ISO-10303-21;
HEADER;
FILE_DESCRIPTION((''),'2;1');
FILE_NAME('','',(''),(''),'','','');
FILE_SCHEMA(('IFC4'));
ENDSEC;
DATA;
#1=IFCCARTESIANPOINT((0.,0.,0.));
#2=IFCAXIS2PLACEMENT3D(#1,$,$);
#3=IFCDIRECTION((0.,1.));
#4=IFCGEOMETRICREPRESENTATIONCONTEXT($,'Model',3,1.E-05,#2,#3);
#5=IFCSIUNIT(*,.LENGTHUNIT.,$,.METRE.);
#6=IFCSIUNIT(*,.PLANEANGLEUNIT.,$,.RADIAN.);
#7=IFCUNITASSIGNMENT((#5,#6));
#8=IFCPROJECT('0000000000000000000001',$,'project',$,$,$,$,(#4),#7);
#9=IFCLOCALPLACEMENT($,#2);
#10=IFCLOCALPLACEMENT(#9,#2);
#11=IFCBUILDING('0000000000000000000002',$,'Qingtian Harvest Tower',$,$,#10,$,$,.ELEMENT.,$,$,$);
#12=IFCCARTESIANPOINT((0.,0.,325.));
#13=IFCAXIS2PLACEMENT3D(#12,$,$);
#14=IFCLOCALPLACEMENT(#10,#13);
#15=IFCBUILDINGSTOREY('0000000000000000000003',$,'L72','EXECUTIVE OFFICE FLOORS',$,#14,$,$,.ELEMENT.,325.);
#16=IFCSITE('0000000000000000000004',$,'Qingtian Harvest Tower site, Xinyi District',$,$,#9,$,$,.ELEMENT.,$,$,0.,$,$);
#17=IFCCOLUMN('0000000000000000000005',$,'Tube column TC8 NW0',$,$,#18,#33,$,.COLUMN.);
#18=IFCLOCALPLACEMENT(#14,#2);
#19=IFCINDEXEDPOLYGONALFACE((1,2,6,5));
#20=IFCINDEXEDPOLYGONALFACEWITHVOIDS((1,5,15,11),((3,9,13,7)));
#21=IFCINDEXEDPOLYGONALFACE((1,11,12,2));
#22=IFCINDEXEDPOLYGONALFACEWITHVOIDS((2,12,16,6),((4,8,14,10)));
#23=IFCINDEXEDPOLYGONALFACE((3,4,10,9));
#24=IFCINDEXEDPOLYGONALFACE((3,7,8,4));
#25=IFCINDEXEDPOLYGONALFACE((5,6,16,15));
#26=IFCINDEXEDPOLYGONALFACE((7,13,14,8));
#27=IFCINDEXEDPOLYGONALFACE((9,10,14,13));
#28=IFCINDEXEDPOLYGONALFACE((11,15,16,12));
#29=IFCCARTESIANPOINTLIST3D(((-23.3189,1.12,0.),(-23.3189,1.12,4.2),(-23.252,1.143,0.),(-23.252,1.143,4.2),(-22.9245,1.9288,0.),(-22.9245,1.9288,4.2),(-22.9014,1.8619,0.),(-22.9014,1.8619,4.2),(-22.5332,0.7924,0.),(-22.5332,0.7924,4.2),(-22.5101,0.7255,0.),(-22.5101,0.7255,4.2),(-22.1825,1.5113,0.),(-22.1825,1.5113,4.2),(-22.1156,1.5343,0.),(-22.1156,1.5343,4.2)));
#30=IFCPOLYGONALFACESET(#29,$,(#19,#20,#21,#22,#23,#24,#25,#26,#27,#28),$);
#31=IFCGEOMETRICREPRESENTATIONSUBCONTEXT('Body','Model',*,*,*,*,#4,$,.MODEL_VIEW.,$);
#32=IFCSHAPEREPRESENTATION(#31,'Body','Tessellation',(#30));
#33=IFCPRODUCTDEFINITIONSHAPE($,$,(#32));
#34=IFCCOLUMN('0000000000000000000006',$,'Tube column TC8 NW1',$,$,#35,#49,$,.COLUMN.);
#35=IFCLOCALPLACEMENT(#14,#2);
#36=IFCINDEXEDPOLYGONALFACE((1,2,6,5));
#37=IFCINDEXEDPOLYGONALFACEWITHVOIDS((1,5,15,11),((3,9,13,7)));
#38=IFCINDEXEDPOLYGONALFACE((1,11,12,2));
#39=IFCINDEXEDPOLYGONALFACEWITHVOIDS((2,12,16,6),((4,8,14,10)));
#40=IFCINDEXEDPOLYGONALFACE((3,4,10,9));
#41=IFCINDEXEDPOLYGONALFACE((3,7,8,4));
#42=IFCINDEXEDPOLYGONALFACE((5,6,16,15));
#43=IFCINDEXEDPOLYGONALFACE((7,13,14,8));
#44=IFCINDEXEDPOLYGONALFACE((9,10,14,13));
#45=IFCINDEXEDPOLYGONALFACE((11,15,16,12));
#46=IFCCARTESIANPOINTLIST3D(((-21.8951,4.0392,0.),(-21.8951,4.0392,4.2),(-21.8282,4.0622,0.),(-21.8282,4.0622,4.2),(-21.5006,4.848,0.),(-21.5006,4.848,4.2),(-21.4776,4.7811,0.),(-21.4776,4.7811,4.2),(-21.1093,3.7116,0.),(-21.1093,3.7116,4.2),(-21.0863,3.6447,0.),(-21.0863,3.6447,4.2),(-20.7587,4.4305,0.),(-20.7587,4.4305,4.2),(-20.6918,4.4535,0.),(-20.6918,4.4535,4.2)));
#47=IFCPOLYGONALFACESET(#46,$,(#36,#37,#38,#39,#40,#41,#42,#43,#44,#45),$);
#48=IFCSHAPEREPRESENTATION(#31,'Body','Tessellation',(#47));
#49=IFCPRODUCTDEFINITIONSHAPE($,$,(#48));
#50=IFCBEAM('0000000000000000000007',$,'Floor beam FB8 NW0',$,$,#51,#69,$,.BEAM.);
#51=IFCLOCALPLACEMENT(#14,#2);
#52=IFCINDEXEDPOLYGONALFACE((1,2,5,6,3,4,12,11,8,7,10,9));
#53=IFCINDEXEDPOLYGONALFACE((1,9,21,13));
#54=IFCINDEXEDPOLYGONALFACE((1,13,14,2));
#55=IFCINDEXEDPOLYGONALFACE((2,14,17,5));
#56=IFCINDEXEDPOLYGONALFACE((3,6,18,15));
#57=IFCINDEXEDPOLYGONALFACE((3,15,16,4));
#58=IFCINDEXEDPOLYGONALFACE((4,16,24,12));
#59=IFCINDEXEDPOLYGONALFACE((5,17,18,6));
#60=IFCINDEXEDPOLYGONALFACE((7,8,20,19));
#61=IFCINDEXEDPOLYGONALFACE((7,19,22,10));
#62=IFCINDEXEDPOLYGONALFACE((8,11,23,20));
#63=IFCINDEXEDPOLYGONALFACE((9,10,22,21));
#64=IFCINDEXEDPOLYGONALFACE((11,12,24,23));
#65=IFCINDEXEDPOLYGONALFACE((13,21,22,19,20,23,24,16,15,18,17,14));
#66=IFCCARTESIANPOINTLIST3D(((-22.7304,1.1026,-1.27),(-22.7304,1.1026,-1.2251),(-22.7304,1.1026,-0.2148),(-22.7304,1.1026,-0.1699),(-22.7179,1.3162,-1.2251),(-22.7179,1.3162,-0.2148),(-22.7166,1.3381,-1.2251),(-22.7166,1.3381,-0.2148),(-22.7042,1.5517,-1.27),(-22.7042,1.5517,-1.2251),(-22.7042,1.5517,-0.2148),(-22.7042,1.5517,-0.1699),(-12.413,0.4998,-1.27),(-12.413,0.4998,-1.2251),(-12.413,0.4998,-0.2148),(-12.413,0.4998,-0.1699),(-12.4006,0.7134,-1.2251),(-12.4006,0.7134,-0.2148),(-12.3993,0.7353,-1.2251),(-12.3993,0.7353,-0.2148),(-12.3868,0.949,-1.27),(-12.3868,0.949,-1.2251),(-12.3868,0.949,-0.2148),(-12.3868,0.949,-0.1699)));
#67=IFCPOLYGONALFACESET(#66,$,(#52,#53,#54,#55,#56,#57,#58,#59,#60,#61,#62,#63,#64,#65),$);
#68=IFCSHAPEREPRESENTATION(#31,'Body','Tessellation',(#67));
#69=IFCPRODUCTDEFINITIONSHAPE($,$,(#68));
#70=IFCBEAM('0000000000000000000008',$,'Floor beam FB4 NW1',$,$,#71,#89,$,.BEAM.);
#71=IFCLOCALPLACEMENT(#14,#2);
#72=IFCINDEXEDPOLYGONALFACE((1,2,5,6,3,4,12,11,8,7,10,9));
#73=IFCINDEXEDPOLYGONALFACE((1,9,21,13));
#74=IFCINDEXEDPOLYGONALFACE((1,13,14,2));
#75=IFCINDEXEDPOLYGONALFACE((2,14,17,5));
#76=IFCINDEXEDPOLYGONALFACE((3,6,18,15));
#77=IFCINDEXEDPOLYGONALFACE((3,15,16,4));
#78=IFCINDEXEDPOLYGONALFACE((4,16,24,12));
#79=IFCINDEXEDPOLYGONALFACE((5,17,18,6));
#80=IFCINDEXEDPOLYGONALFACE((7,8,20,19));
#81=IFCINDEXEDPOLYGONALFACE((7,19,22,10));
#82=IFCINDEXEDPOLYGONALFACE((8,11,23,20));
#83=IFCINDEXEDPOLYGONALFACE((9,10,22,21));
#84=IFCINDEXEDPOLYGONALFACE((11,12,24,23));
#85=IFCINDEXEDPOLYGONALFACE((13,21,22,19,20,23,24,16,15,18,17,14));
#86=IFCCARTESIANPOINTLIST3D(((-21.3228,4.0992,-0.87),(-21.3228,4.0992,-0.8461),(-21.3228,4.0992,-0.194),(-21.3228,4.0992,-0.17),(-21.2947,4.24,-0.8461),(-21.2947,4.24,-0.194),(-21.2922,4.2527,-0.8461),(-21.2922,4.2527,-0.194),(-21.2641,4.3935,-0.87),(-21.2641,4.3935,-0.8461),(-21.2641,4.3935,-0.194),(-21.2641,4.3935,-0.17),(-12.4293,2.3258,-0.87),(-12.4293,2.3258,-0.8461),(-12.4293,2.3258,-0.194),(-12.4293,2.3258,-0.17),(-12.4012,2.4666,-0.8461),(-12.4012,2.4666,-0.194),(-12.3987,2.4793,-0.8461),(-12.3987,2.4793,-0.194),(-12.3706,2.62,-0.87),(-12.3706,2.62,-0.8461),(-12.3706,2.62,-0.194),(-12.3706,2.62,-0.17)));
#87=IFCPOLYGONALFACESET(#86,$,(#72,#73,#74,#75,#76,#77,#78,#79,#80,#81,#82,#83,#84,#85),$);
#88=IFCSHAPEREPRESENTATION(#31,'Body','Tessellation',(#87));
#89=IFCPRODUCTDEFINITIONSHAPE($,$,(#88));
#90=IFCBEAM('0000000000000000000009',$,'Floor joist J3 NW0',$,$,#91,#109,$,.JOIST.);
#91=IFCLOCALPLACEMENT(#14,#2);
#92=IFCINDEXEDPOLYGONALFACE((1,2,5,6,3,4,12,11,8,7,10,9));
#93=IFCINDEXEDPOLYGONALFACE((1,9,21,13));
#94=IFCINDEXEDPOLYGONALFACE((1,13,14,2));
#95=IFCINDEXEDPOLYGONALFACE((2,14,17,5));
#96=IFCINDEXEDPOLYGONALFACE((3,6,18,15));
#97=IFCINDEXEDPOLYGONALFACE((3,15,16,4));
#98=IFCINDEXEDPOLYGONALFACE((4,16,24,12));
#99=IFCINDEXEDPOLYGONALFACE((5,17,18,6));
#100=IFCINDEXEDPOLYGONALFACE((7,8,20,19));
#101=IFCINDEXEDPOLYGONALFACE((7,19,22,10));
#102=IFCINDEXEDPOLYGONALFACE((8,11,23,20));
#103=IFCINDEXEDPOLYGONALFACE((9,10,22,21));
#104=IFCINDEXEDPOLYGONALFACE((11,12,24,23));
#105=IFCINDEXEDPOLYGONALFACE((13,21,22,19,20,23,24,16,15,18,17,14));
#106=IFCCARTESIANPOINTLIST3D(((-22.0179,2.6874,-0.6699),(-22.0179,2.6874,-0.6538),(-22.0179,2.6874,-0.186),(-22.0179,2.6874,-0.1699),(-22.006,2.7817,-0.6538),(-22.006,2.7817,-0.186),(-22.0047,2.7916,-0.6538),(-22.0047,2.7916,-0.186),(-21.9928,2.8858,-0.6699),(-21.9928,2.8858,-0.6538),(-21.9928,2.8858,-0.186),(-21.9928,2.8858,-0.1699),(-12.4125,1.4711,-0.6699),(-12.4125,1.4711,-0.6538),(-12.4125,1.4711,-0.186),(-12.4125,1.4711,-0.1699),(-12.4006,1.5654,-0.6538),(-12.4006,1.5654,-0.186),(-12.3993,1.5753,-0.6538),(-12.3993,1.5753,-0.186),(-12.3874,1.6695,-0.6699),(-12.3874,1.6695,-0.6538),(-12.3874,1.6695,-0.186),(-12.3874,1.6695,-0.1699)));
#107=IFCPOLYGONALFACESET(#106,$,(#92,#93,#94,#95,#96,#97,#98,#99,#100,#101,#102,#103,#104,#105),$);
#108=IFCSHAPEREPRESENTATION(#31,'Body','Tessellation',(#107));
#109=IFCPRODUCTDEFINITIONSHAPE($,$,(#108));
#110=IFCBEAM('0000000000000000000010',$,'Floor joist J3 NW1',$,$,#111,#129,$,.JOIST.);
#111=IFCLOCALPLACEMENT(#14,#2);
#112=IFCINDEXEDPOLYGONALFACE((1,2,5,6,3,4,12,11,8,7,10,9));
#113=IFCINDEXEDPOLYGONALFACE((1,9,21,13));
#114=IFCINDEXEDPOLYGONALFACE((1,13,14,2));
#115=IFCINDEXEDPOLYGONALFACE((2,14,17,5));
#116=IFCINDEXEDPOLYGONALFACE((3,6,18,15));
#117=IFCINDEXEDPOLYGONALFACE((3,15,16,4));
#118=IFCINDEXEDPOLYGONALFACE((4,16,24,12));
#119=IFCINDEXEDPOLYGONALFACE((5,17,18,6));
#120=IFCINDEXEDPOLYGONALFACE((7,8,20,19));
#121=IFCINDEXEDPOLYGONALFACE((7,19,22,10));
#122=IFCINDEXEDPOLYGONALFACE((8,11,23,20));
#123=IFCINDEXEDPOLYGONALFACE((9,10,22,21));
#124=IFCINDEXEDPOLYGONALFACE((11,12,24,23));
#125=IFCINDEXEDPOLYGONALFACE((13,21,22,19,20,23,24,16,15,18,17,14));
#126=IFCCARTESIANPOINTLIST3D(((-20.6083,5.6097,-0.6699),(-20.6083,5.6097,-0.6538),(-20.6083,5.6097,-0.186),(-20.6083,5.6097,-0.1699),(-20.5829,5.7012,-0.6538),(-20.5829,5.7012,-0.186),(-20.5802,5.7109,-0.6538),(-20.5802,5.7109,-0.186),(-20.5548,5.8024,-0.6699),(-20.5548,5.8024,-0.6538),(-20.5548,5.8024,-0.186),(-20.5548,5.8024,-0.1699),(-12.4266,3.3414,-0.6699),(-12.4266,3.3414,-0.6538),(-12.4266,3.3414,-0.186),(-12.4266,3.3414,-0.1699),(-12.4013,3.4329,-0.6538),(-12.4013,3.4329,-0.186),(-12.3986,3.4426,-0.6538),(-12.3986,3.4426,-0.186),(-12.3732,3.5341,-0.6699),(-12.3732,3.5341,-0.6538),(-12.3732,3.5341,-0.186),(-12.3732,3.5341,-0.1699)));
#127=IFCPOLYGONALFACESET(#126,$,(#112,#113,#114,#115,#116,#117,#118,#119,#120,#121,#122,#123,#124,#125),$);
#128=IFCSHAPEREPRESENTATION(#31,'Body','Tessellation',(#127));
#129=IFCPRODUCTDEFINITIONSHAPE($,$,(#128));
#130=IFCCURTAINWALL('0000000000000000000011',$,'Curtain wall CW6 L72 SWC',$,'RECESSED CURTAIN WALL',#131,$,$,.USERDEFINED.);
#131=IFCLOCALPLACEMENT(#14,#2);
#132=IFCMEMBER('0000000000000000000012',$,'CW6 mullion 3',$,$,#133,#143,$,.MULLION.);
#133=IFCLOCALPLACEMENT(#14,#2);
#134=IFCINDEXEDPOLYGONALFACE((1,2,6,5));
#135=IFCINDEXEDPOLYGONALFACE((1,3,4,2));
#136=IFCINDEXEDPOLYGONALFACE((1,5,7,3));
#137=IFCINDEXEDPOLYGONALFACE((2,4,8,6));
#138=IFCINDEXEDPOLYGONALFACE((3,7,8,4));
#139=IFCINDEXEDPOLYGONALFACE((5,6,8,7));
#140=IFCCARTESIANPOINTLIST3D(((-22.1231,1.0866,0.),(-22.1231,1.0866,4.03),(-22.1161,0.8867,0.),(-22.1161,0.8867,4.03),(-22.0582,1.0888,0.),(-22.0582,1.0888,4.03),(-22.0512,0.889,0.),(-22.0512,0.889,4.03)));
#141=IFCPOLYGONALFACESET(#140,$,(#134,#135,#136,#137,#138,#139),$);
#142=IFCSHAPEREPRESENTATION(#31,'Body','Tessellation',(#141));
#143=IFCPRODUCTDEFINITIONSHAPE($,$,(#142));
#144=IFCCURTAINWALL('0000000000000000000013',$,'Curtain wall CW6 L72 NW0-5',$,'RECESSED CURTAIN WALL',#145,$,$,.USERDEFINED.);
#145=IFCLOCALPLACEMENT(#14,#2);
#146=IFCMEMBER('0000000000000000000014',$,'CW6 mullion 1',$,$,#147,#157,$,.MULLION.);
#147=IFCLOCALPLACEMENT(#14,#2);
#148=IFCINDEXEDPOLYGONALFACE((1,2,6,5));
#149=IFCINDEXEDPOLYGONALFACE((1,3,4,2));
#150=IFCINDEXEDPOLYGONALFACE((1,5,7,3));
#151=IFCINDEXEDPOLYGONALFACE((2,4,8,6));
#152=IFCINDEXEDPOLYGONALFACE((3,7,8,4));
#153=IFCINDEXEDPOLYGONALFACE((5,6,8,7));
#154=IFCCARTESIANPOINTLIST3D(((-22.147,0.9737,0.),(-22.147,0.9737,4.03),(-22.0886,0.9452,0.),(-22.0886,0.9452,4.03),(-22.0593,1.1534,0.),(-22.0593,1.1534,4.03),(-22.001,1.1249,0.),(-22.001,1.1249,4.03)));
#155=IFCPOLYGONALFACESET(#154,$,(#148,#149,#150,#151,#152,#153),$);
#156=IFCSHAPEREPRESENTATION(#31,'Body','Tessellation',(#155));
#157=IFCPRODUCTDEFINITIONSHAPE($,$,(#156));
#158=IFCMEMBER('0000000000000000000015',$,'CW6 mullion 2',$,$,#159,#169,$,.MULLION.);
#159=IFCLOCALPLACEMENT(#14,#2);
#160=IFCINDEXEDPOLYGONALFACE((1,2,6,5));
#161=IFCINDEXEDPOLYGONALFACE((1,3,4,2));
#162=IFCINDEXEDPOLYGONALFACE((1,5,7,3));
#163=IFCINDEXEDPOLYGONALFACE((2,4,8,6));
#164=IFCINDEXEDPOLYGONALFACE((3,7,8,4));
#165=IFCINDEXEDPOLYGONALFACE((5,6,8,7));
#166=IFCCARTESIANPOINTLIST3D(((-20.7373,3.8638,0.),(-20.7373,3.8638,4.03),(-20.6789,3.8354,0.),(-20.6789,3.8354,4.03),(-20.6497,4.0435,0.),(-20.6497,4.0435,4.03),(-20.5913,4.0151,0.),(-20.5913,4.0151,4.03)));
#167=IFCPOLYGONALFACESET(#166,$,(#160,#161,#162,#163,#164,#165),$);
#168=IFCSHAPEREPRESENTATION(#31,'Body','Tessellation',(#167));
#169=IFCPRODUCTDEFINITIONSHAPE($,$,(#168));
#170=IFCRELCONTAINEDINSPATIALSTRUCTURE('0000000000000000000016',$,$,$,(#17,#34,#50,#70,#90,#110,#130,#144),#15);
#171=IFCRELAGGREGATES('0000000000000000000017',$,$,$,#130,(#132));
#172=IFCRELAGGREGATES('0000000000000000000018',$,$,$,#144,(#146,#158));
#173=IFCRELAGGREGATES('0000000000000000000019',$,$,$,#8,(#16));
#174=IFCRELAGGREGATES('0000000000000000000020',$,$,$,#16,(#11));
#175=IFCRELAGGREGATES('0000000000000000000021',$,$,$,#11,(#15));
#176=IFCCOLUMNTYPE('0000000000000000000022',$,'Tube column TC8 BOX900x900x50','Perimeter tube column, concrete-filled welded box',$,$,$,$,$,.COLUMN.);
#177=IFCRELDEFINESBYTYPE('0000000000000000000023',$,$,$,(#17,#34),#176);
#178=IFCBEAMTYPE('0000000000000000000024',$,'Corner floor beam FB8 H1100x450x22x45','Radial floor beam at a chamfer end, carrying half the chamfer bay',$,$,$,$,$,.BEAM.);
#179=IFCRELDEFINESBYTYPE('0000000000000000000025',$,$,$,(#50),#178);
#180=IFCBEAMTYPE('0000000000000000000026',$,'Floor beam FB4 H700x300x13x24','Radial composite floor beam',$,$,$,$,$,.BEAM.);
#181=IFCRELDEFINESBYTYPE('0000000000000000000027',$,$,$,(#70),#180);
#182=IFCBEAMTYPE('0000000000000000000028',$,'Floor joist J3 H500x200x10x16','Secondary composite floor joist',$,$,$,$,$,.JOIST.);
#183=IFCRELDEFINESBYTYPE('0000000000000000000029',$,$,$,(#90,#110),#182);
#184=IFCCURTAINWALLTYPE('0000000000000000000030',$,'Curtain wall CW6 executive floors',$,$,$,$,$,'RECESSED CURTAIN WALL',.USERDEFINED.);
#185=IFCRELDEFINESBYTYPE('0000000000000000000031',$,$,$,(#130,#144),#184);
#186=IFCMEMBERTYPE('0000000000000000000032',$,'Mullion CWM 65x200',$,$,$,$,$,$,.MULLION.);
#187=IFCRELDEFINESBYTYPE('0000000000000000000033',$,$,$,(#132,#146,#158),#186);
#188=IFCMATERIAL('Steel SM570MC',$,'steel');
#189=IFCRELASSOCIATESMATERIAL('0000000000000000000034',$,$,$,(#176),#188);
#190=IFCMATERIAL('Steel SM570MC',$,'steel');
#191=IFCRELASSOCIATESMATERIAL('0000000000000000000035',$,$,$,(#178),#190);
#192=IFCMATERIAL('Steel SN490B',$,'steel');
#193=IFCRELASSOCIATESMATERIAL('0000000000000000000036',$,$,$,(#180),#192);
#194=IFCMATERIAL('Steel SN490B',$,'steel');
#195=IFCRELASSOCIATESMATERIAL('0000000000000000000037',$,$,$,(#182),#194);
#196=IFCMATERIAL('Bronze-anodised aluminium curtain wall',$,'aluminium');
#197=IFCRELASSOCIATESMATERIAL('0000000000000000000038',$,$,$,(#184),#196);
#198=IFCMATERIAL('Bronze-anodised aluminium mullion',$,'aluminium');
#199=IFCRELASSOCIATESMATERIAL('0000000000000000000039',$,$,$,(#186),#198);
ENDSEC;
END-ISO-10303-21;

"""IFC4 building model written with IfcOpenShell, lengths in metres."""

from ifc_helpers import new_model, si_unit, direction, frame, origin, origin_2d, place, context, subcontext, project, spatial, rectangle, hollow_rectangle, i_section, extrude, material, material_profile, profile_set, type_object, element, aggregate, save


model = new_model("IFC4")

# Units and contexts
model_context = context("Model", 3, precision=1e-05, world=origin(), true_north=direction((0.0, 1.0)))
body_context = subcontext(model_context, "Body", "Model", "MODEL_VIEW")
ifc_project = project(units=[si_unit("LENGTHUNIT", "METRE"), si_unit("PLANEANGLEUNIT", "RADIAN")], contexts=[model_context])

# Site, building, storey
site_placement = place(None, origin())
site = spatial("IfcSite", under=ifc_project, at=site_placement, Name="Qingtian Harvest Tower site, Xinyi District", CompositionType="ELEMENT", RefElevation=0.0)
building_placement = place(site_placement, origin())
building = spatial("IfcBuilding", under=site, at=building_placement, Name="Qingtian Harvest Tower", CompositionType="ELEMENT")
storey_placement = place(building_placement, frame((0.0, 0.0, 325.0)))
storey = spatial("IfcBuildingStorey", under=building, at=storey_placement, Name="L72", Description="EXECUTIVE OFFICE FLOORS", CompositionType="ELEMENT", Elevation=325.0)

# Columns
ifc_material_1 = material(Name="Steel SM570MC", Category="steel")
ifc_material_profile_1 = material_profile(ifc_material_1, hollow_rectangle(XDim=0.8999, YDim=0.8999, WallThickness=0.05, at=origin_2d()), Name="BOX900x900x50")
ifc_profile_set_1 = profile_set([ifc_material_profile_1], Name="Steel SM570MC")
column_type = type_object("IfcColumnType", Name="Tube column TC8 BOX900x900x50", Description="Perimeter tube column, concrete-filled welded box", PredefinedType="COLUMN", material=ifc_profile_set_1)
for number, where, z_axis, x_axis, name in (
    (1, (-22.7173, 1.3271, 0.0), (0.0, 0.0, 1.0), (-0.438371, -0.898794, 0.0), "Tube column TC8 NW0"),
    (2, (-21.2935, 4.2463, 0.0), (0.0, 0.0, 1.0), (-0.438371, -0.898794, 0.0), "Tube column TC8 NW1"),
):
    element("IfcColumn", number, at=place(storey_placement, frame(where, z_axis=z_axis, x_axis=x_axis)), inside=storey, type_object=column_type, Name=name, PredefinedType="COLUMN", context=body_context, shape_type="SweptSolid", body=[
        extrude(hollow_rectangle(XDim=0.8999, YDim=0.8999, WallThickness=0.05, at=origin_2d()), origin(), (0.0, 0.0, 1.0), 4.2),
    ])

# Beams
ifc_material_2 = material(Name="Steel SM570MC", Category="steel")
ifc_material_profile_2 = material_profile(ifc_material_2, i_section(OverallWidth=0.45, OverallDepth=1.1001, WebThickness=0.022, FlangeThickness=0.0449, at=origin_2d()), Name="H1100x450x22x45")
ifc_profile_set_2 = profile_set([ifc_material_profile_2], Name="Steel SM570MC")
beam_type_1 = type_object("IfcBeamType", Name="Corner floor beam FB8 H1100x450x22x45", Description="Radial floor beam at a chamfer end, carrying half the chamfer bay", PredefinedType="BEAM", material=ifc_profile_set_2)
beam_1_placement = place(storey_placement, frame((-22.7173, 1.3271, -0.72), z_axis=(0.998298, -0.058325, 0.0), x_axis=(0.058325, 0.998298, 0.0)))
element("IfcBeam", 3, at=beam_1_placement, inside=storey, type_object=beam_type_1, Name="Floor beam FB8 NW0", PredefinedType="BEAM", context=body_context, shape_type="SweptSolid", body=[
    extrude(i_section(OverallWidth=0.45, OverallDepth=1.1001, WebThickness=0.022, FlangeThickness=0.0449, at=origin_2d()), origin(), (0.0, 0.0, 1.0), 10.335),
])
ifc_material_3 = material(Name="Steel SN490B", Category="steel")
ifc_material_profile_3 = material_profile(ifc_material_3, i_section(OverallWidth=0.3, OverallDepth=0.7, WebThickness=0.0129, FlangeThickness=0.0239, at=origin_2d()), Name="H700x300x13x24")
ifc_profile_set_3 = profile_set([ifc_material_profile_3], Name="Steel SN490B")
beam_type_2 = type_object("IfcBeamType", Name="Floor beam FB4 H700x300x13x24", Description="Radial composite floor beam", PredefinedType="BEAM", material=ifc_profile_set_3)
beam_2_placement = place(storey_placement, frame((-21.2935, 4.2463, -0.52), z_axis=(0.980692, -0.195557, 0.0), x_axis=(0.195557, 0.980692, 0.0)))
element("IfcBeam", 4, at=beam_2_placement, inside=storey, type_object=beam_type_2, Name="Floor beam FB4 NW1", PredefinedType="BEAM", context=body_context, shape_type="SweptSolid", body=[
    extrude(i_section(OverallWidth=0.3, OverallDepth=0.7, WebThickness=0.0129, FlangeThickness=0.0239, at=origin_2d()), origin(), (0.0, 0.0, 1.0), 9.0686),
])
ifc_material_4 = material(Name="Steel SN490B", Category="steel")
ifc_material_profile_4 = material_profile(ifc_material_4, i_section(OverallWidth=0.2, OverallDepth=0.5, WebThickness=0.01, FlangeThickness=0.0161, at=origin_2d()), Name="H500x200x10x16")
ifc_profile_set_4 = profile_set([ifc_material_profile_4], Name="Steel SN490B")
beam_type_3 = type_object("IfcBeamType", Name="Floor joist J3 H500x200x10x16", Description="Secondary composite floor joist", PredefinedType="JOIST", material=ifc_profile_set_4)
beam_3_placement = place(storey_placement, frame((-22.0054, 2.7866, -0.4199), z_axis=(0.992078, -0.125624, 0.0), x_axis=(0.125624, 0.992078, 0.0)))
element("IfcBeam", 5, at=beam_3_placement, inside=storey, type_object=beam_type_3, Name="Floor joist J3 NW0", PredefinedType="JOIST", context=body_context, shape_type="SweptSolid", body=[
    extrude(i_section(OverallWidth=0.2, OverallDepth=0.5, WebThickness=0.01, FlangeThickness=0.0161, at=origin_2d()), origin(), (0.0, 0.0, 1.0), 9.6821),
])
beam_4_placement = place(storey_placement, frame((-20.5815, 5.7061, -0.4199), z_axis=(0.96365, -0.267166, 0.0), x_axis=(0.267166, 0.96365, 0.0)))
element("IfcBeam", 6, at=beam_4_placement, inside=storey, type_object=beam_type_3, Name="Floor joist J3 NW1", PredefinedType="JOIST", context=body_context, shape_type="SweptSolid", body=[
    extrude(i_section(OverallWidth=0.2, OverallDepth=0.5, WebThickness=0.01, FlangeThickness=0.0161, at=origin_2d()), origin(), (0.0, 0.0, 1.0), 8.4902),
])

# Curtain wall, member
ifc_material_5 = material(Name="Bronze-anodised aluminium curtain wall", Category="aluminium")
curtain_wall_type = type_object("IfcCurtainWallType", Name="Curtain wall CW6 executive floors", ElementType="RECESSED CURTAIN WALL", PredefinedType="USERDEFINED", material=ifc_material_5)
curtain_wall_1_placement = place(storey_placement, origin())
curtain_wall_1 = element("IfcCurtainWall", 7, at=curtain_wall_1_placement, inside=storey, type_object=curtain_wall_type, Name="Curtain wall CW6 L72 SWC", ObjectType="RECESSED CURTAIN WALL", PredefinedType="USERDEFINED")
ifc_material_6 = material(Name="Bronze-anodised aluminium mullion", Category="aluminium")
ifc_material_profile_5 = material_profile(ifc_material_6, rectangle(XDim=0.0649, YDim=0.2, at=origin_2d()), Name="AL 65x200")
ifc_profile_set_5 = profile_set([ifc_material_profile_5], Name="Bronze-anodised aluminium mullion")
member_type_1 = type_object("IfcMemberType", Name="Mullion CWM 65x200", PredefinedType="MULLION", material=ifc_profile_set_5)
member_1_placement = place(storey_placement, frame((-22.0872, 0.9878, 0.0), z_axis=(0.0, 0.0, 1.0), x_axis=(-0.999391, -0.034899, 0.0)))
member_1 = element("IfcMember", 8, at=member_1_placement, type_object=member_type_1, Name="CW6 mullion 3", PredefinedType="MULLION", context=body_context, shape_type="SweptSolid", body=[
    extrude(rectangle(XDim=0.0649, YDim=0.2, at=origin_2d()), origin(), (0.0, 0.0, 1.0), 4.03),
])

# Curtain wall, members
curtain_wall_2_placement = place(storey_placement, origin())
curtain_wall_2 = element("IfcCurtainWall", 9, at=curtain_wall_2_placement, inside=storey, type_object=curtain_wall_type, Name="Curtain wall CW6 L72 NW0-5", ObjectType="RECESSED CURTAIN WALL", PredefinedType="USERDEFINED")
member_2_placement = place(storey_placement, frame((-22.074, 1.0493, 0.0), z_axis=(0.0, 0.0, 1.0), x_axis=(-0.898794, 0.438371, 0.0)))
member_2 = element("IfcMember", 10, at=member_2_placement, type_object=member_type_1, Name="CW6 mullion 1", PredefinedType="MULLION", context=body_context, shape_type="SweptSolid", body=[
    extrude(rectangle(XDim=0.0649, YDim=0.2, at=origin_2d()), origin(), (0.0, 0.0, 1.0), 4.03),
])
member_3_placement = place(storey_placement, frame((-20.6643, 3.9395, 0.0), z_axis=(0.0, 0.0, 1.0), x_axis=(-0.898794, 0.438371, 0.0)))
member_3 = element("IfcMember", 11, at=member_3_placement, type_object=member_type_1, Name="CW6 mullion 2", PredefinedType="MULLION", context=body_context, shape_type="SweptSolid", body=[
    extrude(rectangle(XDim=0.0649, YDim=0.2, at=origin_2d()), origin(), (0.0, 0.0, 1.0), 4.03),
])

aggregate(curtain_wall_1, [member_1])
aggregate(curtain_wall_2, [member_2, member_3])

save(model, "model.ifc")
